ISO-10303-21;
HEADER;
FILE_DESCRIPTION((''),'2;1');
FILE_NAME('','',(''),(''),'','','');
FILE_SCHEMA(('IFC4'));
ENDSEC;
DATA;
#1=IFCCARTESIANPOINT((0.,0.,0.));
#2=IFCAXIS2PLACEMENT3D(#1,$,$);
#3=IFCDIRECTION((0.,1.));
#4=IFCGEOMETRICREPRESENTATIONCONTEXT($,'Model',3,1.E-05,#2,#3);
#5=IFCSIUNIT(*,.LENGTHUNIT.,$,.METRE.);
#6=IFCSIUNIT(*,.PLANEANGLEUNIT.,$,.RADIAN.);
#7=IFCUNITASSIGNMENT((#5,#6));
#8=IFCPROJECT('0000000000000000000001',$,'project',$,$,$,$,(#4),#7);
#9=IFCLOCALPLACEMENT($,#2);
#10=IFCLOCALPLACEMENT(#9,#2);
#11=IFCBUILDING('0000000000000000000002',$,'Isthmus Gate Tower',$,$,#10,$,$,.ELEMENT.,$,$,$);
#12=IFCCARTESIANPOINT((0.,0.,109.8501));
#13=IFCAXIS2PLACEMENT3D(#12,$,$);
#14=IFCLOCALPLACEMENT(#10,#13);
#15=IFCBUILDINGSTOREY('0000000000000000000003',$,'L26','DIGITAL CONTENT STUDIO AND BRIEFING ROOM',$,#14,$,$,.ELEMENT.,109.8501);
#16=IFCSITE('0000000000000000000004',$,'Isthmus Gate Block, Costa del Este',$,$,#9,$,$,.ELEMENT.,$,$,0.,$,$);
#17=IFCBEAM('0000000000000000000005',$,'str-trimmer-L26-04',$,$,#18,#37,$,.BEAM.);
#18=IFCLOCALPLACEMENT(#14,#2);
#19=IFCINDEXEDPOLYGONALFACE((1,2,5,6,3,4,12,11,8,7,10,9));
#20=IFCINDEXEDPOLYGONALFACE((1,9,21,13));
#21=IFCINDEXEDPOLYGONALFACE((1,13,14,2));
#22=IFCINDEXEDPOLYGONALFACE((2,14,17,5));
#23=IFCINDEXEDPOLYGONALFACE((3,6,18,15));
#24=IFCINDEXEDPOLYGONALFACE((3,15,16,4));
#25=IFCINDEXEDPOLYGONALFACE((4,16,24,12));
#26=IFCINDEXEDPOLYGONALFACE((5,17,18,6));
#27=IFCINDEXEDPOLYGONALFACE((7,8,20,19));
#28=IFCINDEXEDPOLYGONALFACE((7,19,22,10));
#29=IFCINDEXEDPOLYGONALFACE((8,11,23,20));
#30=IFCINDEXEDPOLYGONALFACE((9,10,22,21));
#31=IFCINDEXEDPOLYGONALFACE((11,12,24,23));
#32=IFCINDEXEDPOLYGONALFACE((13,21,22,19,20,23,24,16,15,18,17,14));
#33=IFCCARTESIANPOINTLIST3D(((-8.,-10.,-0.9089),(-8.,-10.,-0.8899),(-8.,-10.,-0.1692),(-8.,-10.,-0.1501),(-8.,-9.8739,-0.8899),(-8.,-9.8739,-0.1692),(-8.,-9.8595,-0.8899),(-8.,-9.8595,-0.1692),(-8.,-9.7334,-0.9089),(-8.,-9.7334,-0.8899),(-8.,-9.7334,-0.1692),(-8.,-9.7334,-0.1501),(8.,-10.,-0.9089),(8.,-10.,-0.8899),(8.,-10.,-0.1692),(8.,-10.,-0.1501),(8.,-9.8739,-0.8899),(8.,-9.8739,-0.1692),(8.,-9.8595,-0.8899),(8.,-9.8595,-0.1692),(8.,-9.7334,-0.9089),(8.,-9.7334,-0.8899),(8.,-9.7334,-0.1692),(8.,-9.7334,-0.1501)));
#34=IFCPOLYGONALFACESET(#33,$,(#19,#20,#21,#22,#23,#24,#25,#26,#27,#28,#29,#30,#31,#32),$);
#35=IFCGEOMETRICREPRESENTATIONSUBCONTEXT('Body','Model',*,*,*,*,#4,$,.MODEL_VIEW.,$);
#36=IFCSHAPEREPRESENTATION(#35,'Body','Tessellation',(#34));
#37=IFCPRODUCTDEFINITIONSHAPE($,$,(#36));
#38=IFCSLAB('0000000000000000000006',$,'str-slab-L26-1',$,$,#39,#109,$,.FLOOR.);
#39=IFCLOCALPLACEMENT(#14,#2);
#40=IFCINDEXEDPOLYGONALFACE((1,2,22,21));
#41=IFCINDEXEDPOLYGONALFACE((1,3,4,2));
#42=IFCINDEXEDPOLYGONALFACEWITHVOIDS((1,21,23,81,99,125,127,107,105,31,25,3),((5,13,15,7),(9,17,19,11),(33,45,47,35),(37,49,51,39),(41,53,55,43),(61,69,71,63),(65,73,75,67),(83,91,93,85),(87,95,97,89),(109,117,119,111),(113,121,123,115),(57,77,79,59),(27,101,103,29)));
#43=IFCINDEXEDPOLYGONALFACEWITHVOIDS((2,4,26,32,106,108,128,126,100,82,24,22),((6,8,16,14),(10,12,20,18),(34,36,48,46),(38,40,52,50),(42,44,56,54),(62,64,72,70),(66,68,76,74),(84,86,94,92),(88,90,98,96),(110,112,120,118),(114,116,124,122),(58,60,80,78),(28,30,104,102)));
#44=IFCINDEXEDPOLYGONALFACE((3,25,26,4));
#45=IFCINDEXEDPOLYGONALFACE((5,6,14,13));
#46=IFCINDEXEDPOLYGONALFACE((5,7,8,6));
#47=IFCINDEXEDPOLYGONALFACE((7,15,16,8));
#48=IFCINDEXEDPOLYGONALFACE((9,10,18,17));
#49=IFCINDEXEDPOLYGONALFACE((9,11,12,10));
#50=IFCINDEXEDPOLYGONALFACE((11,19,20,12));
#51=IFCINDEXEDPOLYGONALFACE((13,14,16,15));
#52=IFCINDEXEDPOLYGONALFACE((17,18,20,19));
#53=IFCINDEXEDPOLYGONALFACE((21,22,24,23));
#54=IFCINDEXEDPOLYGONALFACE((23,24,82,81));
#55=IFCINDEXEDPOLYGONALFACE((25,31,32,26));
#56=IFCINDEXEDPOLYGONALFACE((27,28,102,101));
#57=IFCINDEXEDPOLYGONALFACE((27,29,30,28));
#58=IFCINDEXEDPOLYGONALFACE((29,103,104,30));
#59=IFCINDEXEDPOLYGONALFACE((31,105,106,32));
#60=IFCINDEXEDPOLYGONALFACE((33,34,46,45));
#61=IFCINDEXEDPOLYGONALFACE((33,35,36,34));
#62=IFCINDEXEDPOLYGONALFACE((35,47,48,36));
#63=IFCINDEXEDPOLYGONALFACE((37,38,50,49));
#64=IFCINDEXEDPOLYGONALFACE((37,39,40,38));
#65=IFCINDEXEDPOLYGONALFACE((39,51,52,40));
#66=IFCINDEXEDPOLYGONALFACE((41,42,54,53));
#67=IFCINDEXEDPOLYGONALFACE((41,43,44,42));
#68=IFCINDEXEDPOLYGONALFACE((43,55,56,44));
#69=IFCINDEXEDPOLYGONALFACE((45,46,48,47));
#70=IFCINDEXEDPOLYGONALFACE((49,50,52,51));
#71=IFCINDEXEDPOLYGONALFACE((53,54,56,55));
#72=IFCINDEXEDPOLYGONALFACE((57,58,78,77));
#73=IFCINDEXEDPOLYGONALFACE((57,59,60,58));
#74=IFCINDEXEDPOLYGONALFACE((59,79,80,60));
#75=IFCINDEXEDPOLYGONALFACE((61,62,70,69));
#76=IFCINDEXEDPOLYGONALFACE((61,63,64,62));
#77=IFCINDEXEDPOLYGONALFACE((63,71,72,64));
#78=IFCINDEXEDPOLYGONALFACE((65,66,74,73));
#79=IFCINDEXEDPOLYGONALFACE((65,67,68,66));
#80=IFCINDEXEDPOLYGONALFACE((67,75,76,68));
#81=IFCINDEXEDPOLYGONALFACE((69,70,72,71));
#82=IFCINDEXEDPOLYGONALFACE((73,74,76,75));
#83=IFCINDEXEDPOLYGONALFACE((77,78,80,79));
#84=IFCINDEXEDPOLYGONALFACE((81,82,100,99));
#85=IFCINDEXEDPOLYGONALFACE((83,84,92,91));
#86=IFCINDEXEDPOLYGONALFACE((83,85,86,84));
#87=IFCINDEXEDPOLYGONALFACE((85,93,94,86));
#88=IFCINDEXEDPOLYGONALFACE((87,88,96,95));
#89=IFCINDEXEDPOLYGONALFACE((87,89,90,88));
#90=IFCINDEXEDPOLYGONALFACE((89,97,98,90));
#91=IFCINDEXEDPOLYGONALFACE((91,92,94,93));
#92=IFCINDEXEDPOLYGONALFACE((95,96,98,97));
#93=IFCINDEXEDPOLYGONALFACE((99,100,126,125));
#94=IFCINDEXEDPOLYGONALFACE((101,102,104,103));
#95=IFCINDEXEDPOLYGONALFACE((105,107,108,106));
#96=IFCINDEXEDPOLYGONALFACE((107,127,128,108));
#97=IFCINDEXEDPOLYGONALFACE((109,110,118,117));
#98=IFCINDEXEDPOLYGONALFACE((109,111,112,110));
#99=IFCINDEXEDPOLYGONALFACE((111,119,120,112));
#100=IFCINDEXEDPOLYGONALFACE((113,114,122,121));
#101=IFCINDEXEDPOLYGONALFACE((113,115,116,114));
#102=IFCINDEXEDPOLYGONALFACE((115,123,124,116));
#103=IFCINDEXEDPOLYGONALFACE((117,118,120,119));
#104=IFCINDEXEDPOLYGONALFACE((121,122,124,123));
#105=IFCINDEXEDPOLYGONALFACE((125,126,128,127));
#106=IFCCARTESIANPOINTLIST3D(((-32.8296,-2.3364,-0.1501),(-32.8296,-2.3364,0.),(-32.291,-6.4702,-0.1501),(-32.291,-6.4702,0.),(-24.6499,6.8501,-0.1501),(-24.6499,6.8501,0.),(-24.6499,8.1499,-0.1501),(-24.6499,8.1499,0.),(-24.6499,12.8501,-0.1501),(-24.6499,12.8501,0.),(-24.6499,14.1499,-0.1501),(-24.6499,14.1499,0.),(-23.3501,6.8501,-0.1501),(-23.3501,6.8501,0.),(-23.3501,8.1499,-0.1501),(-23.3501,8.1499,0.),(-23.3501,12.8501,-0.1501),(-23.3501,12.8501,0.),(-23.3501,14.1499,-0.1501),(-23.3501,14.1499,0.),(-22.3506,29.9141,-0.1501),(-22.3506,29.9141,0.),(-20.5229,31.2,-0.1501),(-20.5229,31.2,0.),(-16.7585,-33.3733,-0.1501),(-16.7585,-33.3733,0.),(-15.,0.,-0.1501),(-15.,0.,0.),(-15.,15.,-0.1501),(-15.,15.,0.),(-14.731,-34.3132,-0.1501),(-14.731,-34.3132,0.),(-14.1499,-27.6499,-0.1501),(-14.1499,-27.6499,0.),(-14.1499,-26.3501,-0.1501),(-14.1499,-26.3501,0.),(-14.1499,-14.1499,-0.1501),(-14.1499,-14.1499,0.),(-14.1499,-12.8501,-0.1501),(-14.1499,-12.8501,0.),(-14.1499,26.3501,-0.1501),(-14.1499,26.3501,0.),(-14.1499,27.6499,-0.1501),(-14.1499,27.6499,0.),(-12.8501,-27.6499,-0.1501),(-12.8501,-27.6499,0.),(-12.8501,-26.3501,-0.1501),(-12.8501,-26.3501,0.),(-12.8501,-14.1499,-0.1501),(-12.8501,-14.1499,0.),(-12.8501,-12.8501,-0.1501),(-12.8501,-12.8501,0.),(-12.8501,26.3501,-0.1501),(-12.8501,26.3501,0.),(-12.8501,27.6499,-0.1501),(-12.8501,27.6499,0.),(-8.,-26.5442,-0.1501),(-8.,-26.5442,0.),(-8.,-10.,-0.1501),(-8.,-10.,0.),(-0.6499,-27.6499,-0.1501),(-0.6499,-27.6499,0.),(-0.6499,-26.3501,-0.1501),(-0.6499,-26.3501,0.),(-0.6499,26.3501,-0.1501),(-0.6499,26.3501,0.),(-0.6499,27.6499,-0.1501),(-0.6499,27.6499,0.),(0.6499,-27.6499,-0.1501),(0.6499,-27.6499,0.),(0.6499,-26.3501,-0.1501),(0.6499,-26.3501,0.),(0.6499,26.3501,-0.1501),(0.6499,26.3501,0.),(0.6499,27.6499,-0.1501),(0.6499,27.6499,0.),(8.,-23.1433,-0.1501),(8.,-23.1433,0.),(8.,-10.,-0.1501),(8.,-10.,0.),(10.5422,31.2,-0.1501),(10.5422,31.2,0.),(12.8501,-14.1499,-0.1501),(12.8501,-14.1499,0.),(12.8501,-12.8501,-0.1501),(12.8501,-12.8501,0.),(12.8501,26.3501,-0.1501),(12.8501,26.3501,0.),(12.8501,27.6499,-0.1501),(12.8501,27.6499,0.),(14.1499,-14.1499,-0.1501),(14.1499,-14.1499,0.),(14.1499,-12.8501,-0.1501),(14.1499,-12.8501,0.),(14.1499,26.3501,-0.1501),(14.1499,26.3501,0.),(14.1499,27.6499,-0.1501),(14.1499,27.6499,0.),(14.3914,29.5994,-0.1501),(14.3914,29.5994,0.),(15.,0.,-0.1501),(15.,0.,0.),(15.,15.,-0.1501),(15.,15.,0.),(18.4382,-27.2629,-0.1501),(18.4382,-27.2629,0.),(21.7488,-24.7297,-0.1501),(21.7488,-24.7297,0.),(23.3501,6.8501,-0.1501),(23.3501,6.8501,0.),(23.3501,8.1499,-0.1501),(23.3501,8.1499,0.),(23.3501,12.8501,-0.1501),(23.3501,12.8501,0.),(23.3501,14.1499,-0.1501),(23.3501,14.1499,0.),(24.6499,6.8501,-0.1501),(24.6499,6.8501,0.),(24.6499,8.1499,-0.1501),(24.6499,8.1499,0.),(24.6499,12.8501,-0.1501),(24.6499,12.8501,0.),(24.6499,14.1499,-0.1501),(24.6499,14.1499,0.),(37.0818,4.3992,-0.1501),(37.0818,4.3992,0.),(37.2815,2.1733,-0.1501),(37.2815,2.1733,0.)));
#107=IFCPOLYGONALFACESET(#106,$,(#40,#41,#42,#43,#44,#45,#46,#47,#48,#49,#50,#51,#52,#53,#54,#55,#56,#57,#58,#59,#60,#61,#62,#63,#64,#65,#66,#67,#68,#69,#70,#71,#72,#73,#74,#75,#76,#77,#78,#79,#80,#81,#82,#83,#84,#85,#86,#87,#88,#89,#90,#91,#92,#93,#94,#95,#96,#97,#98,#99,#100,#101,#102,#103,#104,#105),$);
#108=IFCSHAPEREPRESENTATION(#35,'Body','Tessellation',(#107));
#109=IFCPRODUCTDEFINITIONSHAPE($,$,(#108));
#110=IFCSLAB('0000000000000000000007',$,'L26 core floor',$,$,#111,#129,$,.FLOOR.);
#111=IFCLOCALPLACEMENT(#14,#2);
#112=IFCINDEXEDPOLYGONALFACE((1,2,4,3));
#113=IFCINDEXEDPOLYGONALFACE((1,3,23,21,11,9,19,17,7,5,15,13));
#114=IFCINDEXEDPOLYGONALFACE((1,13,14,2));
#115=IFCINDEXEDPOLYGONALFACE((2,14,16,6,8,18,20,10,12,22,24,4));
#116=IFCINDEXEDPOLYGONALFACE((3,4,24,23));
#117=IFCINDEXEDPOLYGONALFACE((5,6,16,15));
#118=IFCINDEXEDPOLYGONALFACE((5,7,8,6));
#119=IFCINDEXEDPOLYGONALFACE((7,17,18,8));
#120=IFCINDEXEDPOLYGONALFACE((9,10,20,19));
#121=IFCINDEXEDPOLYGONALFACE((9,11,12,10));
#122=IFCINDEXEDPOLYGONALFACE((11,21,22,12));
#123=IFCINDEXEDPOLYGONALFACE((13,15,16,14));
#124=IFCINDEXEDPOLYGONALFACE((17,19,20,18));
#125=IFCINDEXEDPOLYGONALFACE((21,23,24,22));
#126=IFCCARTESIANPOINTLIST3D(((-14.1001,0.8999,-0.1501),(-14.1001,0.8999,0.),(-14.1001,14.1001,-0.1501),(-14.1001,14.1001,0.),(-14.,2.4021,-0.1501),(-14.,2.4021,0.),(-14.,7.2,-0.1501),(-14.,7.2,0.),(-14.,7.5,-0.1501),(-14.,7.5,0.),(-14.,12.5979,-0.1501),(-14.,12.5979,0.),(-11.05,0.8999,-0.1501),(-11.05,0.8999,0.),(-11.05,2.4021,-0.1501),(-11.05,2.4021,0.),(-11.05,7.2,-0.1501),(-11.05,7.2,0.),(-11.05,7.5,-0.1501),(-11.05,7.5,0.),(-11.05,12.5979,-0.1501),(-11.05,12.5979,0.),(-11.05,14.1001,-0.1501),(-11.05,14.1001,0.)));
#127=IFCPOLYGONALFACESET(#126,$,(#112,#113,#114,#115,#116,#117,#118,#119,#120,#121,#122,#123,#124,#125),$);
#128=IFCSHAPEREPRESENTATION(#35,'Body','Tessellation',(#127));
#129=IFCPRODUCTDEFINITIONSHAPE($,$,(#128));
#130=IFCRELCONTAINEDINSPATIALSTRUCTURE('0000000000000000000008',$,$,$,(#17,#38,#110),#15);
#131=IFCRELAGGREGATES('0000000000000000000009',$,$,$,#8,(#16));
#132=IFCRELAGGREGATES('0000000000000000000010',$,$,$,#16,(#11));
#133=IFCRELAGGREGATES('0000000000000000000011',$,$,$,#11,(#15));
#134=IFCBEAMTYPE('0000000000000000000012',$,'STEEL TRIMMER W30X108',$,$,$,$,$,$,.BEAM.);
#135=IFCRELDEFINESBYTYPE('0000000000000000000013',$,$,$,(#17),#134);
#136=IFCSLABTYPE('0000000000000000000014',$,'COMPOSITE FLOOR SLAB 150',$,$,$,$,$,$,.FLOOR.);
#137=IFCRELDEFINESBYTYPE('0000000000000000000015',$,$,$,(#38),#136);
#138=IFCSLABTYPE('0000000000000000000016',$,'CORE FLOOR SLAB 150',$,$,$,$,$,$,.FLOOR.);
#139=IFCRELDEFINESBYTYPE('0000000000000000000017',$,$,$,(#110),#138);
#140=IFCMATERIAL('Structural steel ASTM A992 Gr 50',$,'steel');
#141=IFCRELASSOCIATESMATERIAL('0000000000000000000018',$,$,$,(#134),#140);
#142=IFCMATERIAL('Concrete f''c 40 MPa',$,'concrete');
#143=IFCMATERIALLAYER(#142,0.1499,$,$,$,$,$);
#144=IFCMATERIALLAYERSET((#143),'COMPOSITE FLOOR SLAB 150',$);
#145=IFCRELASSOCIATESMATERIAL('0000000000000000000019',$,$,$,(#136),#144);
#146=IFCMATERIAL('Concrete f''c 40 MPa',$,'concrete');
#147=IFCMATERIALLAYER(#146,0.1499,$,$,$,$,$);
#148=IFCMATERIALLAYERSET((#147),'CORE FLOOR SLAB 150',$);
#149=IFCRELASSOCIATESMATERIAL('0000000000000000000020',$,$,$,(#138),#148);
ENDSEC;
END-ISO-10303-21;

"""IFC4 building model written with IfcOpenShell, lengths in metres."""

from ifc_helpers import new_model, si_unit, direction, frame, origin, origin_2d, place, context, subcontext, project, spatial, polyline, i_section, outline, extrude, material, layer, layer_set, material_profile, profile_set, type_object, element, save


model = new_model("IFC4")

# Units and contexts
model_context = context("Model", 3, precision=1e-05, world=origin(), true_north=direction((0.0, 1.0)))
body_context = subcontext(model_context, "Body", "Model", "MODEL_VIEW")
ifc_project = project(units=[si_unit("LENGTHUNIT", "METRE"), si_unit("PLANEANGLEUNIT", "RADIAN")], contexts=[model_context])

# Site, building, storey
site_placement = place(None, origin())
site = spatial("IfcSite", under=ifc_project, at=site_placement, Name="Isthmus Gate Block, Costa del Este", CompositionType="ELEMENT", RefElevation=0.0)
building_placement = place(site_placement, origin())
building = spatial("IfcBuilding", under=site, at=building_placement, Name="Isthmus Gate Tower", CompositionType="ELEMENT")
storey_placement = place(building_placement, frame((0.0, 0.0, 109.8501)))
storey = spatial("IfcBuildingStorey", under=building, at=storey_placement, Name="L26", Description="DIGITAL CONTENT STUDIO AND BRIEFING ROOM", CompositionType="ELEMENT", Elevation=109.8501)

# Beam
ifc_material_1 = material(Name="Structural steel ASTM A992 Gr 50", Category="steel")
ifc_material_profile_1 = material_profile(ifc_material_1, i_section(OverallWidth=0.2666, OverallDepth=0.7588, WebThickness=0.0144, FlangeThickness=0.019, at=origin_2d()), Name="W30X108")
ifc_profile_set_1 = profile_set([ifc_material_profile_1], Name="Structural steel ASTM A992 Gr 50")
beam_type_1 = type_object("IfcBeamType", Name="STEEL TRIMMER W30X108", PredefinedType="BEAM", material=ifc_profile_set_1)
beam_1_placement = place(storey_placement, frame((8.0, -9.8667, -0.5295), z_axis=(-1.0, 0.0, 0.0), x_axis=(0.0, -1.0, 0.0)))
element("IfcBeam", 1, at=beam_1_placement, inside=storey, type_object=beam_type_1, Name="str-trimmer-L26-04", PredefinedType="BEAM", context=body_context, shape_type="SweptSolid", body=[
    extrude(i_section(OverallWidth=0.2666, OverallDepth=0.7588, WebThickness=0.0144, FlangeThickness=0.019, at=origin_2d()), origin(), (0.0, 0.0, 1.0), 16.0),
])

# Slabs
ifc_material_2 = material(Name="Concrete f'c 40 MPa", Category="concrete")
ifc_layer_1 = layer(ifc_material_2, 0.1499)
ifc_layer_set_1 = layer_set([ifc_layer_1], Name="COMPOSITE FLOOR SLAB 150")
slab_type_1 = type_object("IfcSlabType", Name="COMPOSITE FLOOR SLAB 150", PredefinedType="FLOOR", material=ifc_layer_set_1)
slab_1_placement = place(storey_placement, frame((0.0, 0.0, -0.1501)))
element("IfcSlab", 2, at=slab_1_placement, inside=storey, type_object=slab_type_1, Name="str-slab-L26-1", PredefinedType="FLOOR", context=body_context, shape_type="SweptSolid", body=[
    extrude(outline(polyline([(14.3914, 29.5994), (37.0818, 4.3992), (37.2815, 2.1733), (21.7488, -24.7297), (18.4382, -27.2629), (-14.731, -34.3132), (-16.7585, -33.3733), (-32.291, -6.4702), (-32.8296, -2.3364), (-22.3506, 29.9141), (-20.5229, 31.2), (10.5422, 31.2), (14.3914, 29.5994)]), holes=[polyline([(-14.1499, -27.6499), (-12.8501, -27.6499), (-12.8501, -26.3501), (-14.1499, -26.3501), (-14.1499, -27.6499)]), polyline([(-0.6499, -26.3501), (-0.6499, -27.6499), (0.6499, -27.6499), (0.6499, -26.3501), (-0.6499, -26.3501)]), polyline([(-14.1499, -12.8501), (-14.1499, -14.1499), (-12.8501, -14.1499), (-12.8501, -12.8501), (-14.1499, -12.8501)]), polyline([(-24.6499, 8.1499), (-24.6499, 6.8501), (-23.3501, 6.8501), (-23.3501, 8.1499), (-24.6499, 8.1499)]), polyline([(-23.3501, 14.1499), (-24.6499, 14.1499), (-24.6499, 12.8501), (-23.3501, 12.8501), (-23.3501, 14.1499)]), polyline([(-14.1499, 27.6499), (-14.1499, 26.3501), (-12.8501, 26.3501), (-12.8501, 27.6499), (-14.1499, 27.6499)]), polyline([(-0.6499, 27.6499), (-0.6499, 26.3501), (0.6499, 26.3501), (0.6499, 27.6499), (-0.6499, 27.6499)]), polyline([(8.0, -23.1433), (8.0, -10.0), (-8.0, -10.0), (-8.0, -26.5442), (8.0, -23.1433)]), polyline([(14.1499, -12.8501), (12.8501, -12.8501), (12.8501, -14.1499), (14.1499, -14.1499), (14.1499, -12.8501)]), polyline([(15.0, 15.0), (-15.0, 15.0), (-15.0, 0.0), (15.0, 0.0), (15.0, 15.0)]), polyline([(24.6499, 8.1499), (23.3501, 8.1499), (23.3501, 6.8501), (24.6499, 6.8501), (24.6499, 8.1499)]), polyline([(23.3501, 14.1499), (23.3501, 12.8501), (24.6499, 12.8501), (24.6499, 14.1499), (23.3501, 14.1499)]), polyline([(14.1499, 27.6499), (12.8501, 27.6499), (12.8501, 26.3501), (14.1499, 26.3501), (14.1499, 27.6499)])]), origin(), (0.0, 0.0, 1.0), 0.1501),
])
ifc_material_3 = material(Name="Concrete f'c 40 MPa", Category="concrete")
ifc_layer_2 = layer(ifc_material_3, 0.1499)
ifc_layer_set_2 = layer_set([ifc_layer_2], Name="CORE FLOOR SLAB 150")
slab_type_2 = type_object("IfcSlabType", Name="CORE FLOOR SLAB 150", PredefinedType="FLOOR", material=ifc_layer_set_2)
slab_2_placement = place(storey_placement, frame((0.0, 0.0, -0.1501)))
element("IfcSlab", 3, at=slab_2_placement, inside=storey, type_object=slab_type_2, Name="L26 core floor", PredefinedType="FLOOR", context=body_context, shape_type="SweptSolid", body=[
    extrude(outline(polyline([(-11.05, 0.8999), (-11.05, 2.4021), (-14.0, 2.4021), (-14.0, 7.2), (-11.05, 7.2), (-11.05, 7.5), (-14.0, 7.5), (-14.0, 12.5979), (-11.05, 12.5979), (-11.05, 14.1001), (-14.1001, 14.1001), (-14.1001, 0.8999), (-11.05, 0.8999)])), origin(), (0.0, 0.0, 1.0), 0.1501),
])

save(model, "model.ifc")
